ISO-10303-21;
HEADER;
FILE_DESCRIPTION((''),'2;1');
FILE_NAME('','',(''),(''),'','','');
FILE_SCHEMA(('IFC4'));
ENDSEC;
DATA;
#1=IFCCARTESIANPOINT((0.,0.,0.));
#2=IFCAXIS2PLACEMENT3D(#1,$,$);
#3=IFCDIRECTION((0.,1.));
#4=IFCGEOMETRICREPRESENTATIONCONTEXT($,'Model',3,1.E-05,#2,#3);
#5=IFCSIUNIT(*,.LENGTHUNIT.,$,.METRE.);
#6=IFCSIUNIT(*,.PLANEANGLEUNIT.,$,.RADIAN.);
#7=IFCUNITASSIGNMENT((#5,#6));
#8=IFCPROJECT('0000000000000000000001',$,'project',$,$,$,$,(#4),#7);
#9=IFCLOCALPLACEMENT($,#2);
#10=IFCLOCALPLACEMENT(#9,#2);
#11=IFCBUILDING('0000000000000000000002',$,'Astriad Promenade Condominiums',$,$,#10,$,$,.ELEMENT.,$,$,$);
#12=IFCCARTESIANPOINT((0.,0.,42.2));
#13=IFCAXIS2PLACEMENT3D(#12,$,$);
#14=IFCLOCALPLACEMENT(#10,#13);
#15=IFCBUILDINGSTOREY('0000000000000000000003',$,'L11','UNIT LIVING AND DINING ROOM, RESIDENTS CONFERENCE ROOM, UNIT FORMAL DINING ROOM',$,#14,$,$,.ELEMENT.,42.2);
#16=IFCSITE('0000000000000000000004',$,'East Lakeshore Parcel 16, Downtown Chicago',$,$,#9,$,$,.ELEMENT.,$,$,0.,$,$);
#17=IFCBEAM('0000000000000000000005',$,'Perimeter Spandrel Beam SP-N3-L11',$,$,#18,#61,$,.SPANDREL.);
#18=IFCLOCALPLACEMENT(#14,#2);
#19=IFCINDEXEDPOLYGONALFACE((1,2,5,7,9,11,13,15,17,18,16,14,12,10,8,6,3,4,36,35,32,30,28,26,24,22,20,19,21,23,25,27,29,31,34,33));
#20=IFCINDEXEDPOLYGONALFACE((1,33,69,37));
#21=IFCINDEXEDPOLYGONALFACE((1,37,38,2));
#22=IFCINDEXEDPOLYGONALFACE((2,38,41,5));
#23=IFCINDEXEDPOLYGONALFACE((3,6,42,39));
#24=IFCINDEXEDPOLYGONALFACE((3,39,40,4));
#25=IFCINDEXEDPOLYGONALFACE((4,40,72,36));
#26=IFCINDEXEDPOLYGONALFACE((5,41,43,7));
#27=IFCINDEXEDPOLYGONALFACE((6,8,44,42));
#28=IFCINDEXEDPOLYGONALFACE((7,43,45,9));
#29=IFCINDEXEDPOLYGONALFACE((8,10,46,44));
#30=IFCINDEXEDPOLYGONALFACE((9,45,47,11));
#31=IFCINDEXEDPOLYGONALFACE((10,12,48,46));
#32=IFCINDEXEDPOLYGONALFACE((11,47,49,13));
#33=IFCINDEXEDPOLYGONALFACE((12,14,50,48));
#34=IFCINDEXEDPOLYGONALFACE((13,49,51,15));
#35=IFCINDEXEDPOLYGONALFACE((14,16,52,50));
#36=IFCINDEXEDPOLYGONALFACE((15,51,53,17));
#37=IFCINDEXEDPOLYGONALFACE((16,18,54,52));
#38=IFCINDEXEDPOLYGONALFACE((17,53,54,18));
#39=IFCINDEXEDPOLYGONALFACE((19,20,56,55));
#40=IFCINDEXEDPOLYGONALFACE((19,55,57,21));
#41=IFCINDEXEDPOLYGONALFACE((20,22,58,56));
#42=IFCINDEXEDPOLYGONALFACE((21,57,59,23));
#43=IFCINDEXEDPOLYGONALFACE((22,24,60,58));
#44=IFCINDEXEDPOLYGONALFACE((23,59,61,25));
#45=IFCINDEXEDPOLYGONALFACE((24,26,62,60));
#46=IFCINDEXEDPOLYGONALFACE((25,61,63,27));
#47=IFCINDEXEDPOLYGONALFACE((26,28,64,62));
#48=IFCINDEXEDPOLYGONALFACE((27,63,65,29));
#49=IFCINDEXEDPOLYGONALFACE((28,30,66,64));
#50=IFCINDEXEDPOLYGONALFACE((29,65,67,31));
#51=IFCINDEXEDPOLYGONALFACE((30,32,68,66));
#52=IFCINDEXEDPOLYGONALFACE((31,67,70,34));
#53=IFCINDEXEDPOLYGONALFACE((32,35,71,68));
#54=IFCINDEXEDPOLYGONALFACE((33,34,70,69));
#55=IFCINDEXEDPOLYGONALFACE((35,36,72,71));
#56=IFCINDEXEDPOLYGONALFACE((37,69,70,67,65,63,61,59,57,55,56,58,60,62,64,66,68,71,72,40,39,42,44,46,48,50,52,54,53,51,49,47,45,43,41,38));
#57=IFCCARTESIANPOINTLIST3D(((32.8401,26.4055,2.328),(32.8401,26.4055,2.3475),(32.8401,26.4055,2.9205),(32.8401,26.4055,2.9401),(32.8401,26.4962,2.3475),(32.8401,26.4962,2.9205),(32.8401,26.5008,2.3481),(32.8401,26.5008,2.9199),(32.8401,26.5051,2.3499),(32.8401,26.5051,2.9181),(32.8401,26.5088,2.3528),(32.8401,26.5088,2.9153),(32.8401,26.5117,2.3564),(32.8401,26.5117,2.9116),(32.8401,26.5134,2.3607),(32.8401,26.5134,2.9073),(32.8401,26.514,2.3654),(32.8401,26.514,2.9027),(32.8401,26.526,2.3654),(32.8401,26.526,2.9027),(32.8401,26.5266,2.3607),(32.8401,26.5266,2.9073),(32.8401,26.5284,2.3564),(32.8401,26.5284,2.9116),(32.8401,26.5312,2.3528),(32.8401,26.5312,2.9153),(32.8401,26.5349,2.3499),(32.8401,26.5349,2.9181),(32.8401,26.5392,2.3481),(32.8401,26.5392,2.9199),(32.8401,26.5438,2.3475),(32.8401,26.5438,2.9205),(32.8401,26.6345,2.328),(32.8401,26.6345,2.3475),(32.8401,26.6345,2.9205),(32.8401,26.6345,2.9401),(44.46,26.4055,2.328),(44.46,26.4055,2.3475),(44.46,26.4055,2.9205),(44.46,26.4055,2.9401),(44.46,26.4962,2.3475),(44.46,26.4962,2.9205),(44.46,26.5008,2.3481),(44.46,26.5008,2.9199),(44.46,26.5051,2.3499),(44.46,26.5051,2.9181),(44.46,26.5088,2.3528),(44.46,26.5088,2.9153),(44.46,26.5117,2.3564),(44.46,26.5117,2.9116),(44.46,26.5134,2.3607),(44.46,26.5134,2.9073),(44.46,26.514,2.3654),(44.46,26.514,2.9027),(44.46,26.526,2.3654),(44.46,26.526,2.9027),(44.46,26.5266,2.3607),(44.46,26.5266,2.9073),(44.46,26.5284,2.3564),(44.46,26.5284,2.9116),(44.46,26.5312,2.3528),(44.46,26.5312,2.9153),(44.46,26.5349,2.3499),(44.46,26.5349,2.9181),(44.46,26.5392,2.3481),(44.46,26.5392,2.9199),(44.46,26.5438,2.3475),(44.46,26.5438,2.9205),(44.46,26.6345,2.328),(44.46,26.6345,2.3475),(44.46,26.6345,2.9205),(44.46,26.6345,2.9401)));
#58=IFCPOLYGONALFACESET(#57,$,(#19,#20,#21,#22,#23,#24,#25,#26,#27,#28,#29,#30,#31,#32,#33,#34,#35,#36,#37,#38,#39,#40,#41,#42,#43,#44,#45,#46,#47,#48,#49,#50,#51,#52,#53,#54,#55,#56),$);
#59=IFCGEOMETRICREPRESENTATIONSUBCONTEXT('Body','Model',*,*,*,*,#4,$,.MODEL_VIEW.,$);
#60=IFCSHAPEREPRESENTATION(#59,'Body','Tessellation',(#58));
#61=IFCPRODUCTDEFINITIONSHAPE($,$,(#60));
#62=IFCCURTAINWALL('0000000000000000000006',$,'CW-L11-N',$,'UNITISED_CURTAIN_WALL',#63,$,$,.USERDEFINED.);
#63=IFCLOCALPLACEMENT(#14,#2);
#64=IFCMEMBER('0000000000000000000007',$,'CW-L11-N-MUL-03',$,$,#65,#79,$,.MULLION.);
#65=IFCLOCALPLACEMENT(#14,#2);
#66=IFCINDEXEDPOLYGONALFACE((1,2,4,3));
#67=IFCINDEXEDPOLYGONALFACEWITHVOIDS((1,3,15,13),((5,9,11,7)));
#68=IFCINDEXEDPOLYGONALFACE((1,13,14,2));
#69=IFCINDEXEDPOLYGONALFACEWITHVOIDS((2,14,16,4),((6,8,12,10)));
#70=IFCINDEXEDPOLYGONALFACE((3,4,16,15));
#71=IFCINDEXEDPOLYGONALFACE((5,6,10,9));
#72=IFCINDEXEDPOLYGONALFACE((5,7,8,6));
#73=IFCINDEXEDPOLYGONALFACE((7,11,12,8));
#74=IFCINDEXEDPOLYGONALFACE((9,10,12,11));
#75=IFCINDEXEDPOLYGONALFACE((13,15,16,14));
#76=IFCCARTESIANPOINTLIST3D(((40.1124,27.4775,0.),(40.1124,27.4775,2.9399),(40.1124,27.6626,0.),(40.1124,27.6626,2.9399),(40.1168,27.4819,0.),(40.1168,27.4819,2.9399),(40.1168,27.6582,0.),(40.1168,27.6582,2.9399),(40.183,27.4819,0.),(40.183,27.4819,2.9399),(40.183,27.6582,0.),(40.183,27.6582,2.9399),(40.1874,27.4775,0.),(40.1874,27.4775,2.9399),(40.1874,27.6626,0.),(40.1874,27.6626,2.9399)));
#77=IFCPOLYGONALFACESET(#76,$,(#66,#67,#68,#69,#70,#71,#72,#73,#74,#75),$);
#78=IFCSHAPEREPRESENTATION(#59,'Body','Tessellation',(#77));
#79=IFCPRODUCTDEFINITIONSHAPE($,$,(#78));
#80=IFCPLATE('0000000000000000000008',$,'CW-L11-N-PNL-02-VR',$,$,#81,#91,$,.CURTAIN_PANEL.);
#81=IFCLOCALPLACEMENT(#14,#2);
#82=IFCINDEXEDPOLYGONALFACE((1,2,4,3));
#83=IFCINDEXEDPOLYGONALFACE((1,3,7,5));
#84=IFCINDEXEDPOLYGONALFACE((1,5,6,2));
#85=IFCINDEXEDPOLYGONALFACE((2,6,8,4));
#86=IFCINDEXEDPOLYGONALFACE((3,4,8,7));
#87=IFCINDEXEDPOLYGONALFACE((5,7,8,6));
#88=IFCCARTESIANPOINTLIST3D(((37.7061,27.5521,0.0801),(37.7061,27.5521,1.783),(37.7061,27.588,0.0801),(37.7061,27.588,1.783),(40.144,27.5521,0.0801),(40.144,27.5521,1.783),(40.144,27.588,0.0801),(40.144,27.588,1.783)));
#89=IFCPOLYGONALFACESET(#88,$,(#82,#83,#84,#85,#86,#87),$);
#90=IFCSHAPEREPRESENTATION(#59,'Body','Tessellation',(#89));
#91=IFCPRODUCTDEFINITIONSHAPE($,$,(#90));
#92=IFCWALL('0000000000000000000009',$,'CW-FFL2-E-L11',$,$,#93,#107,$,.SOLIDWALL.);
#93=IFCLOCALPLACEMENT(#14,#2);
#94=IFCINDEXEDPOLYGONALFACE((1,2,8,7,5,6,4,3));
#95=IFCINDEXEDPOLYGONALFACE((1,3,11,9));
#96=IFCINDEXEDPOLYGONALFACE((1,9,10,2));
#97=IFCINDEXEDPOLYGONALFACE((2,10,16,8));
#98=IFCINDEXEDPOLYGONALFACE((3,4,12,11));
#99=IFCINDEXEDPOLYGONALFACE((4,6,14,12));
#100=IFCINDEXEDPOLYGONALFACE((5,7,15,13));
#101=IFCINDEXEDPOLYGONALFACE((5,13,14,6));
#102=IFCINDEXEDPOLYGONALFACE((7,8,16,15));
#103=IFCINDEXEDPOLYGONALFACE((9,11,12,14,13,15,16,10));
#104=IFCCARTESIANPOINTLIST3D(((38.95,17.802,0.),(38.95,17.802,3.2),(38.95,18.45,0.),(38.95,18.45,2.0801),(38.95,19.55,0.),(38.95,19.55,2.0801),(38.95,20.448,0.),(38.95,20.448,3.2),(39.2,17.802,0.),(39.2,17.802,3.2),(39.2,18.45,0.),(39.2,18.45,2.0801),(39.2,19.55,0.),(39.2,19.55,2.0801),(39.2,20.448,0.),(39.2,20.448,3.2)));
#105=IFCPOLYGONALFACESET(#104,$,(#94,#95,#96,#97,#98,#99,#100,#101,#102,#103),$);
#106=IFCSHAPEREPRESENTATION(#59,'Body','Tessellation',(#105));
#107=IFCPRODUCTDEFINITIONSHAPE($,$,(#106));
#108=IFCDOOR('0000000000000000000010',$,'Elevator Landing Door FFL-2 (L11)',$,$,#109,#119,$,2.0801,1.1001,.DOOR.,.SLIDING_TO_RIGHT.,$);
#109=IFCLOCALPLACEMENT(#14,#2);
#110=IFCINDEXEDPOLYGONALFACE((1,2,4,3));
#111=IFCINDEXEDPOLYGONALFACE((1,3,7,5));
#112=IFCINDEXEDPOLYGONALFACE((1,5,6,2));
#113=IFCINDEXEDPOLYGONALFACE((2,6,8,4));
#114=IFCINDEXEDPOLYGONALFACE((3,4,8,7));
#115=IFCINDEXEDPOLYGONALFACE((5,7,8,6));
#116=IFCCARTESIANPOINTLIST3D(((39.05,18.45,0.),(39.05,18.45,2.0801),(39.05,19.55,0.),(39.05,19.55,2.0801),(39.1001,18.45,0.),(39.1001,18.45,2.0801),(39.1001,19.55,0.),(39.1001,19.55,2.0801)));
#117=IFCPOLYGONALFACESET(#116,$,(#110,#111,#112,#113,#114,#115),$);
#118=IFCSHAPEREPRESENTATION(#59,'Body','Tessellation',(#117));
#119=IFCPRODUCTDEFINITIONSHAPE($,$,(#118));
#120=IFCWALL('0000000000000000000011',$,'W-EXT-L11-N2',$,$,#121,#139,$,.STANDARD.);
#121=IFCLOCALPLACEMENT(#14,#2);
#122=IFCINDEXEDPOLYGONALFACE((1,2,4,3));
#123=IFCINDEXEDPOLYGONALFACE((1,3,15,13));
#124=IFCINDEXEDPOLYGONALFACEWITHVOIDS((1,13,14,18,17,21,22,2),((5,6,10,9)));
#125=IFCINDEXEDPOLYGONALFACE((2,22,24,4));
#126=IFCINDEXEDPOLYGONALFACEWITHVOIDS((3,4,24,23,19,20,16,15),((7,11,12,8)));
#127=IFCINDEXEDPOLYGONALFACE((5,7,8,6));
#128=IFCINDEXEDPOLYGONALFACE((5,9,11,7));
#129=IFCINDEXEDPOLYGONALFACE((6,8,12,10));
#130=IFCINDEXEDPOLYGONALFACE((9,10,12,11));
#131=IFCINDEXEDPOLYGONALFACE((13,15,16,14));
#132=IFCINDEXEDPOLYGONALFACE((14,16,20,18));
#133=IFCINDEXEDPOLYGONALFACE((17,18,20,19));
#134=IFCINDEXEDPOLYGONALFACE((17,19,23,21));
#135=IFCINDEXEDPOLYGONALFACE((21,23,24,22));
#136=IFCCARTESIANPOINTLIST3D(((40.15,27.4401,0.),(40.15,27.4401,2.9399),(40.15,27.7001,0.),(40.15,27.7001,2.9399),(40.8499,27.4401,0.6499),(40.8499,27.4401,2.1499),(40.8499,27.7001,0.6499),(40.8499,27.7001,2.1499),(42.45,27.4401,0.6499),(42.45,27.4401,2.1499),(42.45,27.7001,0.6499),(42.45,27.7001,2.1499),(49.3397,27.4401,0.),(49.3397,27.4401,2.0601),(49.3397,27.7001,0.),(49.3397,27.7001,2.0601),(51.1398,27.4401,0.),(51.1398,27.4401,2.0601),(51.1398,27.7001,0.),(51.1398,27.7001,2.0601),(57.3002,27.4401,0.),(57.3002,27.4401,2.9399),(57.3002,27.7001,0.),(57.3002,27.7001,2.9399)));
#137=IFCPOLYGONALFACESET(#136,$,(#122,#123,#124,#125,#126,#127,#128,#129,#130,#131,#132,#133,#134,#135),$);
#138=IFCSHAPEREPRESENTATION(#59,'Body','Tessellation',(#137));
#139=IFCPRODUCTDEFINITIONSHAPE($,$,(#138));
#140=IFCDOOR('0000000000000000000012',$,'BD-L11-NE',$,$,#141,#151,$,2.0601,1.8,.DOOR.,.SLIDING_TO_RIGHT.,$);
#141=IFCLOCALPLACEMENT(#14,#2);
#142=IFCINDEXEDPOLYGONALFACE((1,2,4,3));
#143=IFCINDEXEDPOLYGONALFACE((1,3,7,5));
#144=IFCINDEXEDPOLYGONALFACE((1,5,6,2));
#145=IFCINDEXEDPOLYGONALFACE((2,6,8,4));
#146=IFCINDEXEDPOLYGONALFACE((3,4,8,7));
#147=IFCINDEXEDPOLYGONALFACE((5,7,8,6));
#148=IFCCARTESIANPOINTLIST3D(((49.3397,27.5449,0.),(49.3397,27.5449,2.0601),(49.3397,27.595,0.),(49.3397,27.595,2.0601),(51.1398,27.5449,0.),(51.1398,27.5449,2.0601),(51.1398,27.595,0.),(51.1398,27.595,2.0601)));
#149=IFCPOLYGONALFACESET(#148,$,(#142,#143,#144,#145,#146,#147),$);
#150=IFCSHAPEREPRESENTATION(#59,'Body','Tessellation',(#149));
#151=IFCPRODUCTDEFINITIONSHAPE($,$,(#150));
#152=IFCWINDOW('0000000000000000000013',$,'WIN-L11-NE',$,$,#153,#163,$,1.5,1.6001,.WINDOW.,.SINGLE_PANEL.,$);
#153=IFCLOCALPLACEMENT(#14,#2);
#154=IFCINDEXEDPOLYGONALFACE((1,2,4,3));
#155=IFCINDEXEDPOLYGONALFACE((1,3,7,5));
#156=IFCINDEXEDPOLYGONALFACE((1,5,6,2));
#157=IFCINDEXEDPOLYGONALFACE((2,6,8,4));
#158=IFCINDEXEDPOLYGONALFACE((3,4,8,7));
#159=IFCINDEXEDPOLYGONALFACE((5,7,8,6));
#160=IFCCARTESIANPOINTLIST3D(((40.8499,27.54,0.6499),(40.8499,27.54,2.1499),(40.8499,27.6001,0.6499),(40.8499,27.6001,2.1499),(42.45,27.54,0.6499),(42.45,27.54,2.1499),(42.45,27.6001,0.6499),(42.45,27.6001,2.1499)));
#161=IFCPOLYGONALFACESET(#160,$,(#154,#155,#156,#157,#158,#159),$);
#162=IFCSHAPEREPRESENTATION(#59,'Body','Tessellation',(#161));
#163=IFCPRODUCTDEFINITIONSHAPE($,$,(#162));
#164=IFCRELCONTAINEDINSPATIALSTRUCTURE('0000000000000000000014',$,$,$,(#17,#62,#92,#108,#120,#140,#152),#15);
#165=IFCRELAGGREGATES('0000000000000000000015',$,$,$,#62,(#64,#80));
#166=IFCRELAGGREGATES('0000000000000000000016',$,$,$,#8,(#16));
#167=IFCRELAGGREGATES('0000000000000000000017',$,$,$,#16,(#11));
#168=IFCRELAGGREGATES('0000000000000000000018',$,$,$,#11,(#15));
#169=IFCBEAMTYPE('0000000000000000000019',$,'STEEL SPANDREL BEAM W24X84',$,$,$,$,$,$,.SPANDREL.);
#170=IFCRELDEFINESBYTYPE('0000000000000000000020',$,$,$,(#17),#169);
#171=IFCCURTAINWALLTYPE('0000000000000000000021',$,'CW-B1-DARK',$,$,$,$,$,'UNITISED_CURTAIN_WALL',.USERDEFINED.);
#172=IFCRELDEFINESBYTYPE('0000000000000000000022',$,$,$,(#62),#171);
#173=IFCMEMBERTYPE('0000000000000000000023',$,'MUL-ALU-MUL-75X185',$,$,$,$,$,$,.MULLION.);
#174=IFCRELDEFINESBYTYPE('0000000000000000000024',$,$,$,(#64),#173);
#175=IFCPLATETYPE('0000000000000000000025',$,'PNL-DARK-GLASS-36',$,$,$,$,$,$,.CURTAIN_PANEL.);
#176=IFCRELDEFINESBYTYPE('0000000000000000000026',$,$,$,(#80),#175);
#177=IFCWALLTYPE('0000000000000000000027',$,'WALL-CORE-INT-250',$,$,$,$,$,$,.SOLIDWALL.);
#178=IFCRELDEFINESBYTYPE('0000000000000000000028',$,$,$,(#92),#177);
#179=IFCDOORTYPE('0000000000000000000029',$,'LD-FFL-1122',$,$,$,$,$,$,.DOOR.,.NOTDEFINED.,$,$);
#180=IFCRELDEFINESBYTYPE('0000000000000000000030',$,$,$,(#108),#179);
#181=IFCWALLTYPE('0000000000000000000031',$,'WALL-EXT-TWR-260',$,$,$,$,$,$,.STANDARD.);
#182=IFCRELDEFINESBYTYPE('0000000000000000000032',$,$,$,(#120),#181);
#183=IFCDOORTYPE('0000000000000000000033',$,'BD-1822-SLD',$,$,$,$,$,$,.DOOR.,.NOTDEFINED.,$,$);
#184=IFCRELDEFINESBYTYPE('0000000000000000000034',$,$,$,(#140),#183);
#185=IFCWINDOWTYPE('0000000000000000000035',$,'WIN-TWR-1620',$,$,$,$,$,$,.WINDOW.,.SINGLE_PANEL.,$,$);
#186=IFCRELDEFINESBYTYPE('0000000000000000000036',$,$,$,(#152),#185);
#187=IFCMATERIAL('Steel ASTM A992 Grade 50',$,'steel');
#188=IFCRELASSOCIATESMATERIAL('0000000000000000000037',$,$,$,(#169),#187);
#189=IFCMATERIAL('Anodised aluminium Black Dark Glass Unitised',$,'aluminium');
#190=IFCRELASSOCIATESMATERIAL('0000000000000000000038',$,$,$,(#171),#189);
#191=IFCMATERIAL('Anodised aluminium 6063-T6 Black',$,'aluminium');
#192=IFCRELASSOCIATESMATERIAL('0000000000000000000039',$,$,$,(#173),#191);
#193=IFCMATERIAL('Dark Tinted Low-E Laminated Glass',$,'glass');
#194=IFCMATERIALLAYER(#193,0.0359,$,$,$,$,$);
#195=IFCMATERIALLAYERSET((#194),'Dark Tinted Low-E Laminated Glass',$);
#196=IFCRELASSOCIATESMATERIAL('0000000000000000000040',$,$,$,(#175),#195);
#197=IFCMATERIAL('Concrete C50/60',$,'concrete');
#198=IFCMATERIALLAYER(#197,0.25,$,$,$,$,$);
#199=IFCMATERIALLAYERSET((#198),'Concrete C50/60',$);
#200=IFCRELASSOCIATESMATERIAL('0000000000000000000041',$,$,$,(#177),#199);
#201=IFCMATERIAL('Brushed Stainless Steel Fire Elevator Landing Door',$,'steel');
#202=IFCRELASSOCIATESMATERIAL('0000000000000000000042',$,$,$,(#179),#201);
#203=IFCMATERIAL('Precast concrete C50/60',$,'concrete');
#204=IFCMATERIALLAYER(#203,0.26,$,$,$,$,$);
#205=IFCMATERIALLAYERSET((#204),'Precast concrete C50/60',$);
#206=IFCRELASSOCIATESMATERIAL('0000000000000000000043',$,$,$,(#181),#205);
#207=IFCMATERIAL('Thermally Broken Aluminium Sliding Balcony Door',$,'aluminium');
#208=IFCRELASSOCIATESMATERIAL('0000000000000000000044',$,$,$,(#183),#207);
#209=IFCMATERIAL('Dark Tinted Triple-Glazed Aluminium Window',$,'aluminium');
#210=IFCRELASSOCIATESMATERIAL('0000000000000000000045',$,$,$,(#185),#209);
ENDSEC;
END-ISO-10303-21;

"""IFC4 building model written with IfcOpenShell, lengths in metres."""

from ifc_helpers import new_model, si_unit, direction, frame, frame_2d, origin, origin_2d, place, context, subcontext, project, spatial, rectangle, hollow_rectangle, i_section, extrude, source, transform, mapped, material, layer, layer_set, material_profile, profile_set, type_object, type_shapes, element, fill, aggregate, save


model = new_model("IFC4")

# Units and contexts
model_context = context("Model", 3, precision=1e-05, world=origin(), true_north=direction((0.0, 1.0)))
body_context = subcontext(model_context, "Body", "Model", "MODEL_VIEW")
ifc_project = project(units=[si_unit("LENGTHUNIT", "METRE"), si_unit("PLANEANGLEUNIT", "RADIAN")], contexts=[model_context])

# Site, building, storey
site_placement = place(None, origin())
site = spatial("IfcSite", under=ifc_project, at=site_placement, Name="East Lakeshore Parcel 16, Downtown Chicago", CompositionType="ELEMENT", RefElevation=0.0)
building_placement = place(site_placement, origin())
building = spatial("IfcBuilding", under=site, at=building_placement, Name="Astriad Promenade Condominiums", CompositionType="ELEMENT")
storey_placement = place(building_placement, frame((0.0, 0.0, 42.2)))
storey = spatial("IfcBuildingStorey", under=building, at=storey_placement, Name="L11", Description="UNIT LIVING AND DINING ROOM, RESIDENTS CONFERENCE ROOM, UNIT FORMAL DINING ROOM", CompositionType="ELEMENT", Elevation=42.2)

# Shared definitions
ifc_material_1 = material(Name="Steel ASTM A992 Grade 50", Category="steel")

# Beam
ifc_material_profile_1 = material_profile(ifc_material_1, i_section(OverallWidth=0.229, OverallDepth=0.6121, WebThickness=0.012, FlangeThickness=0.0195, FilletRadius=0.0178, at=origin_2d()), Name="W24X84")
ifc_profile_set_1 = profile_set([ifc_material_profile_1], Name="Steel ASTM A992 Grade 50")
beam_type_1 = type_object("IfcBeamType", Name="STEEL SPANDREL BEAM W24X84", PredefinedType="SPANDREL", material=ifc_profile_set_1)
shared_shape_1 = source(origin(), body_context, "Body", "SweptSolid", [
    extrude(i_section(OverallWidth=0.229, OverallDepth=0.6121, WebThickness=0.012, FlangeThickness=0.0195, FilletRadius=0.0178, at=origin_2d()), origin(), (0.0, 0.0, 1.0), 11.6199),
])
type_shapes(beam_type_1, [shared_shape_1])
beam_1_placement = place(storey_placement, frame((44.46, 26.52, 2.634), z_axis=(-1.0, 0.0, 0.0), x_axis=(0.0, -1.0, 0.0)))
element("IfcBeam", 1, at=beam_1_placement, inside=storey, type_object=beam_type_1, Name="Perimeter Spandrel Beam SP-N3-L11", PredefinedType="SPANDREL", context=body_context, shape_type="MappedRepresentation", body=[
    mapped(shared_shape_1, transform((0.0, 0.0, 0.0), scale=1.0)),
])

# Curtain wall, member, plate
ifc_material_2 = material(Name="Anodised aluminium Black Dark Glass Unitised", Category="aluminium")
curtain_wall_type = type_object("IfcCurtainWallType", Name="CW-B1-DARK", ElementType="UNITISED_CURTAIN_WALL", PredefinedType="USERDEFINED", material=ifc_material_2)
curtain_wall_placement = place(storey_placement, origin())
curtain_wall = element("IfcCurtainWall", 2, at=curtain_wall_placement, inside=storey, type_object=curtain_wall_type, Name="CW-L11-N", ObjectType="UNITISED_CURTAIN_WALL", PredefinedType="USERDEFINED")
ifc_material_3 = material(Name="Anodised aluminium 6063-T6 Black", Category="aluminium")
ifc_material_profile_2 = material_profile(ifc_material_3, hollow_rectangle(XDim=0.075, YDim=0.1851, WallThickness=0.0044, at=origin_2d()), Name="ALU-MUL-75X185")
ifc_profile_set_2 = profile_set([ifc_material_profile_2], Name="Anodised aluminium 6063-T6 Black")
member_type = type_object("IfcMemberType", Name="MUL-ALU-MUL-75X185", PredefinedType="MULLION", material=ifc_profile_set_2)
shared_shape_2 = source(origin(), body_context, "Body", "SweptSolid", [
    extrude(hollow_rectangle(XDim=0.075, YDim=0.1851, WallThickness=0.0044, at=origin_2d()), origin(), (0.0, 0.0, 1.0), 2.9399),
])
type_shapes(member_type, [shared_shape_2])
member_placement = place(storey_placement, frame((40.1499, 27.5701, 0.0), z_axis=(0.0, 0.0, 1.0), x_axis=(1.0, 0.0, 0.0)))
member = element("IfcMember", 3, at=member_placement, type_object=member_type, Name="CW-L11-N-MUL-03", PredefinedType="MULLION", context=body_context, shape_type="MappedRepresentation", body=[
    mapped(shared_shape_2, transform((0.0, 0.0, 0.0), scale=1.0)),
])
ifc_material_4 = material(Name="Dark Tinted Low-E Laminated Glass", Category="glass")
ifc_layer_1 = layer(ifc_material_4, 0.0359)
ifc_layer_set_1 = layer_set([ifc_layer_1], Name="Dark Tinted Low-E Laminated Glass")
plate_type = type_object("IfcPlateType", Name="PNL-DARK-GLASS-36", PredefinedType="CURTAIN_PANEL", material=ifc_layer_set_1)
shared_shape_3 = source(origin(), body_context, "Body", "SweptSolid", [
    extrude(rectangle(XDim=2.438, YDim=0.0359, at=origin_2d()), origin(), (0.0, 0.0, 1.0), 1.7029),
])
type_shapes(plate_type, [shared_shape_3])
plate_placement = place(storey_placement, frame((38.925, 27.5701, 0.0801), z_axis=(0.0, 0.0, 1.0), x_axis=(1.0, 0.0, 0.0)))
plate = element("IfcPlate", 4, at=plate_placement, type_object=plate_type, Name="CW-L11-N-PNL-02-VR", PredefinedType="CURTAIN_PANEL", context=body_context, shape_type="MappedRepresentation", body=[
    mapped(shared_shape_3, transform((0.0, 0.0, 0.0), scale=1.0)),
])
aggregate(curtain_wall, [member, plate])

# Wall, opening, door
ifc_material_5 = material(Name="Concrete C50/60", Category="concrete")
ifc_layer_2 = layer(ifc_material_5, 0.25)
ifc_layer_set_2 = layer_set([ifc_layer_2], Name="Concrete C50/60")
wall_type_1 = type_object("IfcWallType", Name="WALL-CORE-INT-250", PredefinedType="SOLIDWALL", material=ifc_layer_set_2)
wall_1_placement = place(storey_placement, frame((39.075, 17.802, 0.0), z_axis=(0.0, 0.0, 1.0), x_axis=(0.0, 1.0, 0.0)))
wall_1 = element("IfcWall", 5, at=wall_1_placement, inside=storey, type_object=wall_type_1, Name="CW-FFL2-E-L11", PredefinedType="SOLIDWALL", context=body_context, shape_type="SweptSolid", body=[
    extrude(rectangle(XDim=2.646, YDim=0.25, at=frame_2d((1.323, 0.0))), origin(), (0.0, 0.0, 1.0), 3.2),
])
opening_1_placement = place(wall_1_placement, frame((0.6479, 0.0, 0.0)))
opening_1 = element("IfcOpeningElement", 6, at=opening_1_placement, cuts=wall_1, PredefinedType="OPENING", context=body_context, shape_type="SweptSolid", body=[
    extrude(rectangle(XDim=1.1001, YDim=2.0801, at=frame_2d((0.55, 1.04))), frame((0.0, 0.135, 0.0), z_axis=(0.0, -1.0, 0.0), x_axis=(1.0, 0.0, 0.0)), (0.0, 0.0, 1.0), 0.27),
])
ifc_material_6 = material(Name="Brushed Stainless Steel Fire Elevator Landing Door", Category="steel")
door_type_1 = type_object("IfcDoorType", Name="LD-FFL-1122", OperationType="NOTDEFINED", PredefinedType="DOOR", material=ifc_material_6)
shared_shape_4 = source(origin(), body_context, "Body", "SweptSolid", [
    extrude(rectangle(XDim=1.1001, YDim=2.0801, at=frame_2d((0.55, 1.04))), frame((0.0, 0.0249, 0.0), z_axis=(0.0, -1.0, 0.0), x_axis=(1.0, 0.0, 0.0)), (0.0, 0.0, 1.0), 0.05),
])
type_shapes(door_type_1, [shared_shape_4])
door_1_placement = place(opening_1_placement, origin())
door_1 = element("IfcDoor", 7, at=door_1_placement, inside=storey, type_object=door_type_1, Name="Elevator Landing Door FFL-2 (L11)", OperationType="SLIDING_TO_RIGHT", OverallHeight=2.0801, OverallWidth=1.1001, PredefinedType="DOOR", context=body_context, shape_type="MappedRepresentation", body=[
    mapped(shared_shape_4, transform((0.0, 0.0, 0.0), scale=1.0)),
])
fill(opening_1, door_1)

# Wall, openings, door, window
ifc_material_7 = material(Name="Precast concrete C50/60", Category="concrete")
ifc_layer_3 = layer(ifc_material_7, 0.26)
ifc_layer_set_3 = layer_set([ifc_layer_3], Name="Precast concrete C50/60")
wall_type_2 = type_object("IfcWallType", Name="WALL-EXT-TWR-260", PredefinedType="STANDARD", material=ifc_layer_set_3)
wall_2_placement = place(storey_placement, frame((40.1499, 27.5701, 0.0), z_axis=(0.0, 0.0, 1.0), x_axis=(1.0, 0.0, 0.0)))
wall_2 = element("IfcWall", 8, at=wall_2_placement, inside=storey, type_object=wall_type_2, Name="W-EXT-L11-N2", PredefinedType="STANDARD", context=body_context, shape_type="SweptSolid", body=[
    extrude(rectangle(XDim=17.1501, YDim=0.26, at=frame_2d((8.5752, 0.0))), origin(), (0.0, 0.0, 1.0), 2.9399),
])
opening_2_placement = place(wall_2_placement, frame((9.1899, 0.0, 0.0)))
opening_2 = element("IfcOpeningElement", 9, at=opening_2_placement, cuts=wall_2, PredefinedType="OPENING", context=body_context, shape_type="SweptSolid", body=[
    extrude(rectangle(XDim=1.8, YDim=2.0601, at=frame_2d((0.8999, 1.03))), frame((0.0, 0.1399, 0.0), z_axis=(0.0, -1.0, 0.0), x_axis=(1.0, 0.0, 0.0)), (0.0, 0.0, 1.0), 0.28),
])
opening_3_placement = place(wall_2_placement, frame((0.7, 0.0, 0.6499)))
opening_3 = element("IfcOpeningElement", 10, at=opening_3_placement, cuts=wall_2, PredefinedType="OPENING", context=body_context, shape_type="SweptSolid", body=[
    extrude(rectangle(XDim=1.6001, YDim=1.5, at=frame_2d((0.8, 0.75))), frame((0.0, 0.1399, 0.0), z_axis=(0.0, -1.0, 0.0), x_axis=(1.0, 0.0, 0.0)), (0.0, 0.0, 1.0), 0.28),
])
ifc_material_8 = material(Name="Thermally Broken Aluminium Sliding Balcony Door", Category="aluminium")
door_type_2 = type_object("IfcDoorType", Name="BD-1822-SLD", OperationType="NOTDEFINED", PredefinedType="DOOR", material=ifc_material_8)
shared_shape_5 = source(origin(), body_context, "Body", "SweptSolid", [
    extrude(rectangle(XDim=1.8, YDim=2.0601, at=frame_2d((0.8999, 1.03))), frame((0.0, 0.0249, 0.0), z_axis=(0.0, -1.0, 0.0), x_axis=(1.0, 0.0, 0.0)), (0.0, 0.0, 1.0), 0.05),
])
type_shapes(door_type_2, [shared_shape_5])
door_2_placement = place(opening_2_placement, origin())
door_2 = element("IfcDoor", 11, at=door_2_placement, inside=storey, type_object=door_type_2, Name="BD-L11-NE", OperationType="SLIDING_TO_RIGHT", OverallHeight=2.0601, OverallWidth=1.8, PredefinedType="DOOR", context=body_context, shape_type="MappedRepresentation", body=[
    mapped(shared_shape_5, transform((0.0, 0.0, 0.0), scale=1.0)),
])
fill(opening_2, door_2)
ifc_material_9 = material(Name="Dark Tinted Triple-Glazed Aluminium Window", Category="aluminium")
window_type = type_object("IfcWindowType", Name="WIN-TWR-1620", PartitioningType="SINGLE_PANEL", PredefinedType="WINDOW", material=ifc_material_9)
shared_shape_6 = source(origin(), body_context, "Body", "SweptSolid", [
    extrude(rectangle(XDim=1.6001, YDim=1.5, at=frame_2d((0.8, 0.75))), frame((0.0, 0.03, 0.0), z_axis=(0.0, -1.0, 0.0), x_axis=(1.0, 0.0, 0.0)), (0.0, 0.0, 1.0), 0.0601),
])
type_shapes(window_type, [shared_shape_6])
window_placement = place(opening_3_placement, origin())
window = element("IfcWindow", 12, at=window_placement, inside=storey, type_object=window_type, Name="WIN-L11-NE", OverallHeight=1.5, OverallWidth=1.6001, PartitioningType="SINGLE_PANEL", PredefinedType="WINDOW", context=body_context, shape_type="MappedRepresentation", body=[
    mapped(shared_shape_6, transform((0.0, 0.0, 0.0), scale=1.0)),
])
fill(opening_3, window)

save(model, "model.ifc")
